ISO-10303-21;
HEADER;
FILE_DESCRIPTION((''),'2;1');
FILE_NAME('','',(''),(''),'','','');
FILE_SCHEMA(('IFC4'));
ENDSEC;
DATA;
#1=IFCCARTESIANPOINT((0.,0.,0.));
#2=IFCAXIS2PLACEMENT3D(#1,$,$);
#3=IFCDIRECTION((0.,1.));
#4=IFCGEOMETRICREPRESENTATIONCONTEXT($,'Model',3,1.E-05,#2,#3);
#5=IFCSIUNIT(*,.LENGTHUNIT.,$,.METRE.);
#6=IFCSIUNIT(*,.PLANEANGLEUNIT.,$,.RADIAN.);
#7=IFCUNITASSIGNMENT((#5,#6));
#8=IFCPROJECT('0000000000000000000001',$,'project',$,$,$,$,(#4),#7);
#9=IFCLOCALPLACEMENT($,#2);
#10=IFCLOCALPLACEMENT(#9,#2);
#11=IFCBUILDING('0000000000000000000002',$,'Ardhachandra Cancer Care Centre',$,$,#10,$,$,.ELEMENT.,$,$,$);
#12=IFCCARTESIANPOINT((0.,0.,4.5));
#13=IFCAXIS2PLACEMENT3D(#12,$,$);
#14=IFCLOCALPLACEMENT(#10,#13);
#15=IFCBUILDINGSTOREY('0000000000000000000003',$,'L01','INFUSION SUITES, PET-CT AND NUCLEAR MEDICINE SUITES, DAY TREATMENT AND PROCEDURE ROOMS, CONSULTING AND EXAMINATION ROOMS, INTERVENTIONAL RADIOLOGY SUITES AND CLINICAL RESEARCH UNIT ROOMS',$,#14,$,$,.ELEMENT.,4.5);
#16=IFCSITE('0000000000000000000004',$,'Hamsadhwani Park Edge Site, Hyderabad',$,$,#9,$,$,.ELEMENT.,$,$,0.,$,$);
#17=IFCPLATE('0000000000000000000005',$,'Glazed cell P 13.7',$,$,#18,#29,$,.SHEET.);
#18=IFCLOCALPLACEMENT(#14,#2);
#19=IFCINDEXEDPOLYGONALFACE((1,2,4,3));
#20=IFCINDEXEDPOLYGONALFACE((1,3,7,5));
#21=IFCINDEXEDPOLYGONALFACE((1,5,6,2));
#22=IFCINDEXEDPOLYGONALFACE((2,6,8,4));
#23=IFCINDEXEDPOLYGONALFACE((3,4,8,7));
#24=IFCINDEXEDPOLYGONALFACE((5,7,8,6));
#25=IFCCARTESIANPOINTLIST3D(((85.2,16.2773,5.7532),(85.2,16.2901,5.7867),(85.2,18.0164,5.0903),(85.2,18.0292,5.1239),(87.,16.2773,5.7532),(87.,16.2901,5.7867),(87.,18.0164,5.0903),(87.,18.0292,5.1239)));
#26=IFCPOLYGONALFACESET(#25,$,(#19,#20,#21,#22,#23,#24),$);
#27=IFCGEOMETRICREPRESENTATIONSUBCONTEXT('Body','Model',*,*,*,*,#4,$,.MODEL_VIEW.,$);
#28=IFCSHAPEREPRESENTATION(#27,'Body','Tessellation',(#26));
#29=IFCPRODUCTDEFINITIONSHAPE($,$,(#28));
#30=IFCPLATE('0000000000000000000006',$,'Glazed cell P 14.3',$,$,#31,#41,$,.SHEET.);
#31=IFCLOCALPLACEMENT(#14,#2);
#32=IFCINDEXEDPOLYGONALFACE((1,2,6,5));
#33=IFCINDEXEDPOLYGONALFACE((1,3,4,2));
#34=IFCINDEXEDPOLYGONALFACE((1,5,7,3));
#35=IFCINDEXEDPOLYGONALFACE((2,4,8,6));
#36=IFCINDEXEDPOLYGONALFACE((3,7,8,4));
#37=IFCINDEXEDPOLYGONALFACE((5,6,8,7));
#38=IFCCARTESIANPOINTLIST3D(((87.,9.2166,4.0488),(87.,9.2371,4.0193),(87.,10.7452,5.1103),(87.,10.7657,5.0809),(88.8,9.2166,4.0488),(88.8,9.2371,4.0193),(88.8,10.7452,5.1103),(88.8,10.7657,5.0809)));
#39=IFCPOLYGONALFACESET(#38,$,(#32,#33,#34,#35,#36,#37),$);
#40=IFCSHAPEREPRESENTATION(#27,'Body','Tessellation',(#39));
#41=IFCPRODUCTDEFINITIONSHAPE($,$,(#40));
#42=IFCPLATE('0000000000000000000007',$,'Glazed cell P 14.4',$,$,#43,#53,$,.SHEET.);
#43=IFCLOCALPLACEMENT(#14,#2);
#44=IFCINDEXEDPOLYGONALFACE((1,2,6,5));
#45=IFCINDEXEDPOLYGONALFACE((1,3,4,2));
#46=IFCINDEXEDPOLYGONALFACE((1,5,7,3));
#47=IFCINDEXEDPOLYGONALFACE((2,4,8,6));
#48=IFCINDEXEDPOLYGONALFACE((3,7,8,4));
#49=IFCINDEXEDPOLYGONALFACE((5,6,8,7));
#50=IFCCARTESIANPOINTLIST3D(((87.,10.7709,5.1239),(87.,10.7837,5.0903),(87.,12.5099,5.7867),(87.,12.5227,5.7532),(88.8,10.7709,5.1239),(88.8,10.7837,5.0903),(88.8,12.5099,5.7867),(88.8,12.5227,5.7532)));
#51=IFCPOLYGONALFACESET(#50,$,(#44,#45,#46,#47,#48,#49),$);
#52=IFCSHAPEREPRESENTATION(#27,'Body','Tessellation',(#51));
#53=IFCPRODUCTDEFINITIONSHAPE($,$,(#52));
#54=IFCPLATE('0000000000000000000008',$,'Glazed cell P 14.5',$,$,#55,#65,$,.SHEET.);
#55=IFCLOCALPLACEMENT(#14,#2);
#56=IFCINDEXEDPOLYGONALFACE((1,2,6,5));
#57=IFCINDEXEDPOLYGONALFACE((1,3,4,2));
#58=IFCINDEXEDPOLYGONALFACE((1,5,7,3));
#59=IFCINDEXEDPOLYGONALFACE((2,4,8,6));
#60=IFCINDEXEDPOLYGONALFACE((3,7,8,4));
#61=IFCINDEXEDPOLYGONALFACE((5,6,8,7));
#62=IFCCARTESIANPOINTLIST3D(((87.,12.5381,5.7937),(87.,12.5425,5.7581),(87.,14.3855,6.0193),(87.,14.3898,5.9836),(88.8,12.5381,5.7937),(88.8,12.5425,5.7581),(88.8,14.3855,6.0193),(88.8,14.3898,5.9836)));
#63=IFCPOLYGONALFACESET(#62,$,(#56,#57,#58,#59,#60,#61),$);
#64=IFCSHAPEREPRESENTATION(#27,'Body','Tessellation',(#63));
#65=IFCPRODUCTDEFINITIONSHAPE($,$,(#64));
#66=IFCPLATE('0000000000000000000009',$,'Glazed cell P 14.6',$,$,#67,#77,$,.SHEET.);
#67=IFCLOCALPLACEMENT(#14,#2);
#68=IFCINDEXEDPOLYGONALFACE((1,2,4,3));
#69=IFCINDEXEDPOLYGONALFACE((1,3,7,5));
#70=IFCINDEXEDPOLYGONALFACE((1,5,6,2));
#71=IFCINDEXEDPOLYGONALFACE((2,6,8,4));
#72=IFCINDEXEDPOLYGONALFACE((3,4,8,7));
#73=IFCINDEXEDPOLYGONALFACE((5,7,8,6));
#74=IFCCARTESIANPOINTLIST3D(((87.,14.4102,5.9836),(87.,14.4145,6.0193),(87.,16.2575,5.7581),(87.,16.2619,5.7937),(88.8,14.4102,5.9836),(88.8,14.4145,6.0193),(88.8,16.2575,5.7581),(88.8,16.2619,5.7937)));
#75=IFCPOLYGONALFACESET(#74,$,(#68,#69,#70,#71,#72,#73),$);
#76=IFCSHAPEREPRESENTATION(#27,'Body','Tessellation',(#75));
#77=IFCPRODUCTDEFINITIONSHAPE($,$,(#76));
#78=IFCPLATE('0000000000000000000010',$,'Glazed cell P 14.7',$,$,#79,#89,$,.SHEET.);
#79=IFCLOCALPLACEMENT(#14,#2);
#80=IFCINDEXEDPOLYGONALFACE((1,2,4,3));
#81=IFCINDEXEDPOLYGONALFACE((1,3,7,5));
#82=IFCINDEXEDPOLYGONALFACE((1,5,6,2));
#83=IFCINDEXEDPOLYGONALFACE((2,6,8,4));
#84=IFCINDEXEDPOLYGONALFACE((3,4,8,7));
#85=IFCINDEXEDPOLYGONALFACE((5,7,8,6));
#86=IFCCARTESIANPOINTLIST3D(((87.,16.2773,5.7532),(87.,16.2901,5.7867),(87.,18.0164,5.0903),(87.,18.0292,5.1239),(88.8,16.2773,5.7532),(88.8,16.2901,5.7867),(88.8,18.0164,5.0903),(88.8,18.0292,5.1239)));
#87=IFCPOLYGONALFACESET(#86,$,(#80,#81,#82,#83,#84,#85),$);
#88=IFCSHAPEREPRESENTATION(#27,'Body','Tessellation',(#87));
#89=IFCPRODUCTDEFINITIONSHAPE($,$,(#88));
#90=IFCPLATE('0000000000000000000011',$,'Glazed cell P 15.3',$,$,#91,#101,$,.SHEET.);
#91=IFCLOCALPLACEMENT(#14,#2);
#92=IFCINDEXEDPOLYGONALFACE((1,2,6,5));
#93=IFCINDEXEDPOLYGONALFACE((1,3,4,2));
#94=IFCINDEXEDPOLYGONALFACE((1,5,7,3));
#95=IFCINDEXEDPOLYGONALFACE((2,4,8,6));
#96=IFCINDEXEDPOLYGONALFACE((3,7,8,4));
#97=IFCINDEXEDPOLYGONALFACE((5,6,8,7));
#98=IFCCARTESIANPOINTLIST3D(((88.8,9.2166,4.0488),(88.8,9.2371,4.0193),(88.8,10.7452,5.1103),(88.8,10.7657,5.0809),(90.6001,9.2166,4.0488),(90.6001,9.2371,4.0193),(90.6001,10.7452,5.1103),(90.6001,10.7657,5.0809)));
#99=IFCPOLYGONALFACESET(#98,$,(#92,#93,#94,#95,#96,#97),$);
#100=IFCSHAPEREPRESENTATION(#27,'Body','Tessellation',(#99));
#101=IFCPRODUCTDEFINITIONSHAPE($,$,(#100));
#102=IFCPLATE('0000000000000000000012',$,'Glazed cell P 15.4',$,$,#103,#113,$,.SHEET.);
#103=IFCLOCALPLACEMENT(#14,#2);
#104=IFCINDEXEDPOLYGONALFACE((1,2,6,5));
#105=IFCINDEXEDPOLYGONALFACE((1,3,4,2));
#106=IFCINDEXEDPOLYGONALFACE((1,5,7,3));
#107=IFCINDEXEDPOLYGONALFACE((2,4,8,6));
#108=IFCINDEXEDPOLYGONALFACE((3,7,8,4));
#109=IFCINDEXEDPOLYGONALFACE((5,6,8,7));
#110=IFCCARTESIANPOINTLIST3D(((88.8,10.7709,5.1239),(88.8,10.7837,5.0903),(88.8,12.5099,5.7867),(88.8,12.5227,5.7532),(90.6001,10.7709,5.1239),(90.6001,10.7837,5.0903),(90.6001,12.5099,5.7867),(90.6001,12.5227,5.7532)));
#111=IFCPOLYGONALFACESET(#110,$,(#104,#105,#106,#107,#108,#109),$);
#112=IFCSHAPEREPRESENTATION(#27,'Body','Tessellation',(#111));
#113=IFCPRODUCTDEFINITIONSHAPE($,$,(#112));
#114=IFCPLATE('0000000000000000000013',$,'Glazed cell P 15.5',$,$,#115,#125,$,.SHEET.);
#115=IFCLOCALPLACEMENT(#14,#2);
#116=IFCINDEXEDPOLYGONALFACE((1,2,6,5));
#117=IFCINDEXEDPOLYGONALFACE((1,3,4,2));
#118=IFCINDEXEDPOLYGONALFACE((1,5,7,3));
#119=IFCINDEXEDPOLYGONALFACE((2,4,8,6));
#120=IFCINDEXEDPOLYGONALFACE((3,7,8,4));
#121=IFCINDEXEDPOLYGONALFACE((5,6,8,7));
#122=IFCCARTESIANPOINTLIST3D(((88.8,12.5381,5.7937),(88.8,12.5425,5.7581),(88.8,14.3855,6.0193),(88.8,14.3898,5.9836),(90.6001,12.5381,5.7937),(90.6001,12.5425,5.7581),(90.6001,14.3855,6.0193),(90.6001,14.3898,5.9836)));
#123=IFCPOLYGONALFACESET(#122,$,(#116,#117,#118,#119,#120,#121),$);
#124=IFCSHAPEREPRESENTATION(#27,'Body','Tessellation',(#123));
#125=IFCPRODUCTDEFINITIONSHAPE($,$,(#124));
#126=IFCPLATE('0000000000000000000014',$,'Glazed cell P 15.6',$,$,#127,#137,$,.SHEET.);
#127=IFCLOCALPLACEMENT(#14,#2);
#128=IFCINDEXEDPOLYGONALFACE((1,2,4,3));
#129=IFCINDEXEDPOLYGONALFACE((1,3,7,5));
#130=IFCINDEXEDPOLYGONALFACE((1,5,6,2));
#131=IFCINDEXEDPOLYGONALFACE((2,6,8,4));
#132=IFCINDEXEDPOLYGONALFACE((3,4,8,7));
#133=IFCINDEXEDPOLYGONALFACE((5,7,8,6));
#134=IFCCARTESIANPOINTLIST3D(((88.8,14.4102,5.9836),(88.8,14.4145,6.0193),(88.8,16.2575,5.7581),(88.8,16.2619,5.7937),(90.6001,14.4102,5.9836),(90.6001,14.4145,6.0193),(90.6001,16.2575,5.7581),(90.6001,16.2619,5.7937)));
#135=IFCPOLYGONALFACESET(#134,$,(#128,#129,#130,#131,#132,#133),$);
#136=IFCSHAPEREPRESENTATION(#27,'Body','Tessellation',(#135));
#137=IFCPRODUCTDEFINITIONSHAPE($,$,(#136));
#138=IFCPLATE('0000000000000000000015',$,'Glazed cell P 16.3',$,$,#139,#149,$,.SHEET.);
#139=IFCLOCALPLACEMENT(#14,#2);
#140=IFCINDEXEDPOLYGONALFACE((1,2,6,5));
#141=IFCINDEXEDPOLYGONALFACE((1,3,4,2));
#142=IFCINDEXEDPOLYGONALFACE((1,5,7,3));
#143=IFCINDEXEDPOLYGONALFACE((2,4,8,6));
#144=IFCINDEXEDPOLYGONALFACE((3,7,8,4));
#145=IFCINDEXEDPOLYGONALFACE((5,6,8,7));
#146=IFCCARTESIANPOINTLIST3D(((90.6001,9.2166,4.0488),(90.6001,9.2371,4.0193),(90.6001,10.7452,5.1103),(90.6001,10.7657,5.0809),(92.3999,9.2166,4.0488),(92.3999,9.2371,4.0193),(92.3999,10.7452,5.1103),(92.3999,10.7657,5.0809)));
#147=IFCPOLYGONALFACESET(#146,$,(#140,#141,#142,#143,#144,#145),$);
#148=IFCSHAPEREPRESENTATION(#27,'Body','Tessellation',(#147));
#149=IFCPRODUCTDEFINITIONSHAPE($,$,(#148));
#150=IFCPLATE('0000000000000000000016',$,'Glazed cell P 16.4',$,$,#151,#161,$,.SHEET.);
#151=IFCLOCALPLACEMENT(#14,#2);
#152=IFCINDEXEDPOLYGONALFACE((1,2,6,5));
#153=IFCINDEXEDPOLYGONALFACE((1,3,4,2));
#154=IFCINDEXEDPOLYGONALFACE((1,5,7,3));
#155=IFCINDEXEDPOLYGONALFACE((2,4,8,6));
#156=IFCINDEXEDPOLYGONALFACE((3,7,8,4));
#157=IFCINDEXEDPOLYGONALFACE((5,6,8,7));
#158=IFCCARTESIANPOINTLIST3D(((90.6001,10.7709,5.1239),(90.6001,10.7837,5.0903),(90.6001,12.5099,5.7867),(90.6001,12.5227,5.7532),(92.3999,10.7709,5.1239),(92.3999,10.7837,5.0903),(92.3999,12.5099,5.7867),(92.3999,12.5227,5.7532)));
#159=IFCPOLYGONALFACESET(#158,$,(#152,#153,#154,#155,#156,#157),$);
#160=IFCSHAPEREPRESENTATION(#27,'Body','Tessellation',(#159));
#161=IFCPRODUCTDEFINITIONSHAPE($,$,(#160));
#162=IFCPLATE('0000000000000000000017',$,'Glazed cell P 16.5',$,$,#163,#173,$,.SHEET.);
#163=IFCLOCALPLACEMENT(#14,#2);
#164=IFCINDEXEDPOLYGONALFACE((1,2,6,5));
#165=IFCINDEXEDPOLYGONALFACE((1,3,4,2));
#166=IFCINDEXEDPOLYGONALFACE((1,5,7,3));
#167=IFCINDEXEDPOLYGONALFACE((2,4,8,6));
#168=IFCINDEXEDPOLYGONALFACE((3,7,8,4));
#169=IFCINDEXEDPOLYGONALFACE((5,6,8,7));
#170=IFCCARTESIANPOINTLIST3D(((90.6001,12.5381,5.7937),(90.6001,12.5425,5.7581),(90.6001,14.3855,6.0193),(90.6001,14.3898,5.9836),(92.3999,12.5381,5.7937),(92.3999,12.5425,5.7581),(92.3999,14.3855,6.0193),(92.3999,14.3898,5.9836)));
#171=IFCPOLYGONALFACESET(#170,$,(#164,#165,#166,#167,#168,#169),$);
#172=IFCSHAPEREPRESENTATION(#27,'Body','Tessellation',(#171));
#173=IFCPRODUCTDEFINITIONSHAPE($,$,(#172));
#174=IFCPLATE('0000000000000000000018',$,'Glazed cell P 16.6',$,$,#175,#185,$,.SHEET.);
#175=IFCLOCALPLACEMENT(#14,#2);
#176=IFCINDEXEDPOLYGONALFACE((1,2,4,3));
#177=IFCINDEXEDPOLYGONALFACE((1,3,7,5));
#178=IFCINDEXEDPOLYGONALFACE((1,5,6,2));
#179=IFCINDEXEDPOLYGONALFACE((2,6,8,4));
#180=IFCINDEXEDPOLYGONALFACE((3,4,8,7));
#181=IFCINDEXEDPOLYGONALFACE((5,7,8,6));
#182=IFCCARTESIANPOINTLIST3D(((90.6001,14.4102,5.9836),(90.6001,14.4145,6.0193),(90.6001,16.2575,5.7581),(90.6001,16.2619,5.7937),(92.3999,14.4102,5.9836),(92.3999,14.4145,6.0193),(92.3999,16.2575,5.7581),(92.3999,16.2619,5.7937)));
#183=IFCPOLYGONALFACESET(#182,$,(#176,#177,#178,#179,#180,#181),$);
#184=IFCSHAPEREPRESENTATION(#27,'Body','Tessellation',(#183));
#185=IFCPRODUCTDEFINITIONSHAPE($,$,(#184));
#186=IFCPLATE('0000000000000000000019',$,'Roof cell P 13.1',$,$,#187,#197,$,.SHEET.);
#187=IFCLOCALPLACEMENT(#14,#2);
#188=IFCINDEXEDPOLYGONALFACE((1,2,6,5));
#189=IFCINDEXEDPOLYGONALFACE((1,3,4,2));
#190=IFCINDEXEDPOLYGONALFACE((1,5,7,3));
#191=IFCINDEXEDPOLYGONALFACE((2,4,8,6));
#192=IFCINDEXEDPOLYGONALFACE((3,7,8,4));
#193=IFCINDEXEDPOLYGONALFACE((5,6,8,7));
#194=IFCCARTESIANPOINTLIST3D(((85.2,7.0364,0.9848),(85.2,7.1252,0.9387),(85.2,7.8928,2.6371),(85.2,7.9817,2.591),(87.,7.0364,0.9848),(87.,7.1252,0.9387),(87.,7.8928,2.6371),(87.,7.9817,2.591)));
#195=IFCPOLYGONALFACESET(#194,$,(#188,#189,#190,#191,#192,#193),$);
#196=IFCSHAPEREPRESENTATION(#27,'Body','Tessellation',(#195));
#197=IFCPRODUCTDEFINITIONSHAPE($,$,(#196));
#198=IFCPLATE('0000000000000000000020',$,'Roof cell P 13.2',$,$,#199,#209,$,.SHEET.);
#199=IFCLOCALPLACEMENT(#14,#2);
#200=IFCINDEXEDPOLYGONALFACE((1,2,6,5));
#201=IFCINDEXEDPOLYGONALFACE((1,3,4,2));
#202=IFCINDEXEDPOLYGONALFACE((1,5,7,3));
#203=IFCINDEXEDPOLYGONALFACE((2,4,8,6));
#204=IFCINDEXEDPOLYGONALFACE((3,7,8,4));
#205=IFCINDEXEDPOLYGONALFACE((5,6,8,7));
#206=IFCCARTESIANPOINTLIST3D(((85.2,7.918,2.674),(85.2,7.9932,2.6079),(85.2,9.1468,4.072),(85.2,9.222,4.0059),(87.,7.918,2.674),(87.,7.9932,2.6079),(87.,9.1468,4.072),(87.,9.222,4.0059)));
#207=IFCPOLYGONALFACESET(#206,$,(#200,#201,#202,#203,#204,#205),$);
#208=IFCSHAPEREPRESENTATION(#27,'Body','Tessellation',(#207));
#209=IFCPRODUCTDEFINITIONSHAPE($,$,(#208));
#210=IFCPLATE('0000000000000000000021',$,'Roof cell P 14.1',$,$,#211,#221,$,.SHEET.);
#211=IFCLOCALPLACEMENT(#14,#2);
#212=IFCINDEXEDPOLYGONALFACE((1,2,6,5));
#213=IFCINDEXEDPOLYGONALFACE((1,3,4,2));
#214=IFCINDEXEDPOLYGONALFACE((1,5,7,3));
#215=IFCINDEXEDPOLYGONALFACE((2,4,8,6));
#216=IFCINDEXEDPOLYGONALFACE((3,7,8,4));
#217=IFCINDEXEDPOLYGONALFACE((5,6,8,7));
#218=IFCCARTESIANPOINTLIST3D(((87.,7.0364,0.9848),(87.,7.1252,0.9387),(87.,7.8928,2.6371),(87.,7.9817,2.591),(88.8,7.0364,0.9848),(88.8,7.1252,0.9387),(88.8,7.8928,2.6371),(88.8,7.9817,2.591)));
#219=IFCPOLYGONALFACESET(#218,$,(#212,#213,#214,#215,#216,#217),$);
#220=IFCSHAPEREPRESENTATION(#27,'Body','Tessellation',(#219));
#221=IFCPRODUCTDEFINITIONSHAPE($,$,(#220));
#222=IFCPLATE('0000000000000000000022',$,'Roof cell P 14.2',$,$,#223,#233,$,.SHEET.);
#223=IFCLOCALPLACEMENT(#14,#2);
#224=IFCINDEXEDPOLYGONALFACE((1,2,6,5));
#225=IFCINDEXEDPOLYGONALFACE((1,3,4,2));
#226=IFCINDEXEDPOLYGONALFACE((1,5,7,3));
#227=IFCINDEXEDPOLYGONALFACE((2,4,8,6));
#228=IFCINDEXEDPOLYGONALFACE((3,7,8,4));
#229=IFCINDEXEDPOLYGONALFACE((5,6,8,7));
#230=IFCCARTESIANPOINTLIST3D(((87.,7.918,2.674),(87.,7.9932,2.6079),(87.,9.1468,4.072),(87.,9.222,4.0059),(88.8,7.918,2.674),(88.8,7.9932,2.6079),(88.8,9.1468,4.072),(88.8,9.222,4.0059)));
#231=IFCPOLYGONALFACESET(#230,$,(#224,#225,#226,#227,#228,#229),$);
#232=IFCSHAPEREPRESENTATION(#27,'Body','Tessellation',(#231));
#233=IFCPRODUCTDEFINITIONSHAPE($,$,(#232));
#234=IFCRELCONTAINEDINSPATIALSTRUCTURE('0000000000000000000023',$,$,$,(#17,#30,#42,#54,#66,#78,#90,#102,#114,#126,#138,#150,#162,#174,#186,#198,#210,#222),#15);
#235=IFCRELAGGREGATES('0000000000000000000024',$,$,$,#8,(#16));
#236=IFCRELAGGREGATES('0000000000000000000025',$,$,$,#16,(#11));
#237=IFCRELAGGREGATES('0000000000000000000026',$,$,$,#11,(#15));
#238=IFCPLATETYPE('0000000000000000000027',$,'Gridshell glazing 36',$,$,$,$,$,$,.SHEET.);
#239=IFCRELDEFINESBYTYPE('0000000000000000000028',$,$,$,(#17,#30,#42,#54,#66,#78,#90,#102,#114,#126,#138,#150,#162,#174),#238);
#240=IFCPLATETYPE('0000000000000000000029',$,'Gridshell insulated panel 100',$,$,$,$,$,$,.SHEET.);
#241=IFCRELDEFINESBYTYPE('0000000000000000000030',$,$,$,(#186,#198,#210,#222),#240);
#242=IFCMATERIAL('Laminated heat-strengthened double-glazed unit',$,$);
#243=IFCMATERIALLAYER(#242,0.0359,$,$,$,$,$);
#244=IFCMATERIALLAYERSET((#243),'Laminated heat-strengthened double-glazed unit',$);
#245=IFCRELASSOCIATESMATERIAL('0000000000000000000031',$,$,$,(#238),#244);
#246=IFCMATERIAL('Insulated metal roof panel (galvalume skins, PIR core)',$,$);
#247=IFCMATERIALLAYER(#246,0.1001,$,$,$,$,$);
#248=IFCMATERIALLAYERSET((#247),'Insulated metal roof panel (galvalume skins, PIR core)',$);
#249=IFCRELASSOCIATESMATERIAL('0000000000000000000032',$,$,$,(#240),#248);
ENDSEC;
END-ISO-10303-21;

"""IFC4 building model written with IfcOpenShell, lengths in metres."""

from ifc_helpers import new_model, si_unit, direction, frame, origin, place, context, subcontext, project, spatial, polyline, outline, extrude, material, layer, layer_set, type_object, element, save


model = new_model("IFC4")

# Units and contexts
model_context = context("Model", 3, precision=1e-05, world=origin(), true_north=direction((0.0, 1.0)))
body_context = subcontext(model_context, "Body", "Model", "MODEL_VIEW")
ifc_project = project(units=[si_unit("LENGTHUNIT", "METRE"), si_unit("PLANEANGLEUNIT", "RADIAN")], contexts=[model_context])

# Site, building, storey
site_placement = place(None, origin())
site = spatial("IfcSite", under=ifc_project, at=site_placement, Name="Hamsadhwani Park Edge Site, Hyderabad", CompositionType="ELEMENT", RefElevation=0.0)
building_placement = place(site_placement, origin())
building = spatial("IfcBuilding", under=site, at=building_placement, Name="Ardhachandra Cancer Care Centre", CompositionType="ELEMENT")
storey_placement = place(building_placement, frame((0.0, 0.0, 4.5)))
storey = spatial("IfcBuildingStorey", under=building, at=storey_placement, Name="L01", Description="INFUSION SUITES, PET-CT AND NUCLEAR MEDICINE SUITES, DAY TREATMENT AND PROCEDURE ROOMS, CONSULTING AND EXAMINATION ROOMS, INTERVENTIONAL RADIOLOGY SUITES AND CLINICAL RESEARCH UNIT ROOMS", CompositionType="ELEMENT", Elevation=4.5)

# Plates
ifc_material_1 = material(Name="Laminated heat-strengthened double-glazed unit")
ifc_layer_1 = layer(ifc_material_1, 0.0359)
ifc_layer_set_1 = layer_set([ifc_layer_1], Name="Laminated heat-strengthened double-glazed unit")
plate_type_1 = type_object("IfcPlateType", Name="Gridshell glazing 36", PredefinedType="SHEET", material=ifc_layer_set_1)
for number, where, z_axis, x_axis, name in (
    (1, (85.2, 16.2773, 5.7532), (0.0, 0.356164, 0.934423), (1.0, 0.0, 0.0), "Glazed cell P 13.7"),
    (2, (87.0, 9.2371, 4.0193), (0.0, -0.570403, 0.821365), (1.0, 0.0, 0.0), "Glazed cell P 14.3"),
    (3, (87.0, 10.7837, 5.0903), (0.0, -0.356164, 0.934423), (1.0, 0.0, 0.0), "Glazed cell P 14.4"),
    (4, (87.0, 12.5425, 5.7581), (0.0, -0.121209, 0.992627), (1.0, 0.0, 0.0), "Glazed cell P 14.5"),
    (5, (87.0, 14.4102, 5.9836), (0.0, 0.121209, 0.992627), (1.0, 0.0, 0.0), "Glazed cell P 14.6"),
    (6, (87.0, 16.2773, 5.7532), (0.0, 0.356164, 0.934423), (1.0, 0.0, 0.0), "Glazed cell P 14.7"),
    (7, (88.8, 9.2371, 4.0193), (0.0, -0.570403, 0.821365), (1.0, 0.0, 0.0), "Glazed cell P 15.3"),
    (8, (88.8, 10.7837, 5.0903), (0.0, -0.356164, 0.934423), (1.0, 0.0, 0.0), "Glazed cell P 15.4"),
    (9, (88.8, 12.5425, 5.7581), (0.0, -0.121209, 0.992627), (1.0, 0.0, 0.0), "Glazed cell P 15.5"),
    (10, (88.8, 14.4102, 5.9836), (0.0, 0.121209, 0.992627), (1.0, 0.0, 0.0), "Glazed cell P 15.6"),
):
    element("IfcPlate", number, at=place(storey_placement, frame(where, z_axis=z_axis, x_axis=x_axis)), inside=storey, type_object=plate_type_1, Name=name, PredefinedType="SHEET", context=body_context, shape_type="SweptSolid", body=[
        extrude(outline(polyline([(0.0, 0.0), (1.8, 0.0), (1.8, 1.8611), (0.0, 1.8611), (0.0, 0.0)])), origin(), (0.0, 0.0, 1.0), 0.0359),
    ])
for number, where, z_axis, x_axis, name in (
    (11, (90.6001, 9.2371, 4.0193), (0.0, -0.570403, 0.821365), (1.0, 0.0, 0.0), "Glazed cell P 16.3"),
    (12, (90.6001, 10.7837, 5.0903), (0.0, -0.356164, 0.934423), (1.0, 0.0, 0.0), "Glazed cell P 16.4"),
    (13, (90.6001, 12.5425, 5.7581), (0.0, -0.121209, 0.992627), (1.0, 0.0, 0.0), "Glazed cell P 16.5"),
    (14, (90.6001, 14.4102, 5.9836), (0.0, 0.121209, 0.992627), (1.0, 0.0, 0.0), "Glazed cell P 16.6"),
):
    element("IfcPlate", number, at=place(storey_placement, frame(where, z_axis=z_axis, x_axis=x_axis)), inside=storey, type_object=plate_type_1, Name=name, PredefinedType="SHEET", context=body_context, shape_type="SweptSolid", body=[
        extrude(outline(polyline([(0.0, 0.0), (1.7998, 0.0), (1.7998, 1.8611), (0.0, 1.8611), (0.0, 0.0)])), origin(), (0.0, 0.0, 1.0), 0.0359),
    ])
ifc_material_2 = material(Name="Insulated metal roof panel (galvalume skins, PIR core)")
ifc_layer_2 = layer(ifc_material_2, 0.1001)
ifc_layer_set_2 = layer_set([ifc_layer_2], Name="Insulated metal roof panel (galvalume skins, PIR core)")
plate_type_2 = type_object("IfcPlateType", Name="Gridshell insulated panel 100", PredefinedType="SHEET", material=ifc_layer_set_2)
plate_1_placement = place(storey_placement, frame((85.2, 7.1252, 0.9387), z_axis=(0.0, -0.887826, 0.460179), x_axis=(1.0, 0.0, 0.0)))
element("IfcPlate", 15, at=plate_1_placement, inside=storey, type_object=plate_type_2, Name="Roof cell P 13.1", PredefinedType="SHEET", context=body_context, shape_type="SweptSolid", body=[
    extrude(outline(polyline([(0.0, 0.0), (1.8, 0.0), (1.8, 1.8611), (0.0, 1.8611), (0.0, 0.0)])), origin(), (0.0, 0.0, 1.0), 0.1001),
])
plate_2_placement = place(storey_placement, frame((85.2, 7.9932, 2.6079), z_axis=(0.0, -0.751096, 0.660193), x_axis=(1.0, 0.0, 0.0)))
element("IfcPlate", 16, at=plate_2_placement, inside=storey, type_object=plate_type_2, Name="Roof cell P 13.2", PredefinedType="SHEET", context=body_context, shape_type="SweptSolid", body=[
    extrude(outline(polyline([(0.0, 0.0), (1.8, 0.0), (1.8, 1.8613), (0.0, 1.8613), (0.0, 0.0)])), origin(), (0.0, 0.0, 1.0), 0.1001),
])
plate_3_placement = place(storey_placement, frame((87.0, 7.1252, 0.9387), z_axis=(0.0, -0.887826, 0.460179), x_axis=(1.0, 0.0, 0.0)))
element("IfcPlate", 17, at=plate_3_placement, inside=storey, type_object=plate_type_2, Name="Roof cell P 14.1", PredefinedType="SHEET", context=body_context, shape_type="SweptSolid", body=[
    extrude(outline(polyline([(0.0, 0.0), (1.8, 0.0), (1.8, 1.8611), (0.0, 1.8611), (0.0, 0.0)])), origin(), (0.0, 0.0, 1.0), 0.1001),
])
plate_4_placement = place(storey_placement, frame((87.0, 7.9932, 2.6079), z_axis=(0.0, -0.751096, 0.660193), x_axis=(1.0, 0.0, 0.0)))
element("IfcPlate", 18, at=plate_4_placement, inside=storey, type_object=plate_type_2, Name="Roof cell P 14.2", PredefinedType="SHEET", context=body_context, shape_type="SweptSolid", body=[
    extrude(outline(polyline([(0.0, 0.0), (1.8, 0.0), (1.8, 1.8613), (0.0, 1.8613), (0.0, 0.0)])), origin(), (0.0, 0.0, 1.0), 0.1001),
])

save(model, "model.ifc")
